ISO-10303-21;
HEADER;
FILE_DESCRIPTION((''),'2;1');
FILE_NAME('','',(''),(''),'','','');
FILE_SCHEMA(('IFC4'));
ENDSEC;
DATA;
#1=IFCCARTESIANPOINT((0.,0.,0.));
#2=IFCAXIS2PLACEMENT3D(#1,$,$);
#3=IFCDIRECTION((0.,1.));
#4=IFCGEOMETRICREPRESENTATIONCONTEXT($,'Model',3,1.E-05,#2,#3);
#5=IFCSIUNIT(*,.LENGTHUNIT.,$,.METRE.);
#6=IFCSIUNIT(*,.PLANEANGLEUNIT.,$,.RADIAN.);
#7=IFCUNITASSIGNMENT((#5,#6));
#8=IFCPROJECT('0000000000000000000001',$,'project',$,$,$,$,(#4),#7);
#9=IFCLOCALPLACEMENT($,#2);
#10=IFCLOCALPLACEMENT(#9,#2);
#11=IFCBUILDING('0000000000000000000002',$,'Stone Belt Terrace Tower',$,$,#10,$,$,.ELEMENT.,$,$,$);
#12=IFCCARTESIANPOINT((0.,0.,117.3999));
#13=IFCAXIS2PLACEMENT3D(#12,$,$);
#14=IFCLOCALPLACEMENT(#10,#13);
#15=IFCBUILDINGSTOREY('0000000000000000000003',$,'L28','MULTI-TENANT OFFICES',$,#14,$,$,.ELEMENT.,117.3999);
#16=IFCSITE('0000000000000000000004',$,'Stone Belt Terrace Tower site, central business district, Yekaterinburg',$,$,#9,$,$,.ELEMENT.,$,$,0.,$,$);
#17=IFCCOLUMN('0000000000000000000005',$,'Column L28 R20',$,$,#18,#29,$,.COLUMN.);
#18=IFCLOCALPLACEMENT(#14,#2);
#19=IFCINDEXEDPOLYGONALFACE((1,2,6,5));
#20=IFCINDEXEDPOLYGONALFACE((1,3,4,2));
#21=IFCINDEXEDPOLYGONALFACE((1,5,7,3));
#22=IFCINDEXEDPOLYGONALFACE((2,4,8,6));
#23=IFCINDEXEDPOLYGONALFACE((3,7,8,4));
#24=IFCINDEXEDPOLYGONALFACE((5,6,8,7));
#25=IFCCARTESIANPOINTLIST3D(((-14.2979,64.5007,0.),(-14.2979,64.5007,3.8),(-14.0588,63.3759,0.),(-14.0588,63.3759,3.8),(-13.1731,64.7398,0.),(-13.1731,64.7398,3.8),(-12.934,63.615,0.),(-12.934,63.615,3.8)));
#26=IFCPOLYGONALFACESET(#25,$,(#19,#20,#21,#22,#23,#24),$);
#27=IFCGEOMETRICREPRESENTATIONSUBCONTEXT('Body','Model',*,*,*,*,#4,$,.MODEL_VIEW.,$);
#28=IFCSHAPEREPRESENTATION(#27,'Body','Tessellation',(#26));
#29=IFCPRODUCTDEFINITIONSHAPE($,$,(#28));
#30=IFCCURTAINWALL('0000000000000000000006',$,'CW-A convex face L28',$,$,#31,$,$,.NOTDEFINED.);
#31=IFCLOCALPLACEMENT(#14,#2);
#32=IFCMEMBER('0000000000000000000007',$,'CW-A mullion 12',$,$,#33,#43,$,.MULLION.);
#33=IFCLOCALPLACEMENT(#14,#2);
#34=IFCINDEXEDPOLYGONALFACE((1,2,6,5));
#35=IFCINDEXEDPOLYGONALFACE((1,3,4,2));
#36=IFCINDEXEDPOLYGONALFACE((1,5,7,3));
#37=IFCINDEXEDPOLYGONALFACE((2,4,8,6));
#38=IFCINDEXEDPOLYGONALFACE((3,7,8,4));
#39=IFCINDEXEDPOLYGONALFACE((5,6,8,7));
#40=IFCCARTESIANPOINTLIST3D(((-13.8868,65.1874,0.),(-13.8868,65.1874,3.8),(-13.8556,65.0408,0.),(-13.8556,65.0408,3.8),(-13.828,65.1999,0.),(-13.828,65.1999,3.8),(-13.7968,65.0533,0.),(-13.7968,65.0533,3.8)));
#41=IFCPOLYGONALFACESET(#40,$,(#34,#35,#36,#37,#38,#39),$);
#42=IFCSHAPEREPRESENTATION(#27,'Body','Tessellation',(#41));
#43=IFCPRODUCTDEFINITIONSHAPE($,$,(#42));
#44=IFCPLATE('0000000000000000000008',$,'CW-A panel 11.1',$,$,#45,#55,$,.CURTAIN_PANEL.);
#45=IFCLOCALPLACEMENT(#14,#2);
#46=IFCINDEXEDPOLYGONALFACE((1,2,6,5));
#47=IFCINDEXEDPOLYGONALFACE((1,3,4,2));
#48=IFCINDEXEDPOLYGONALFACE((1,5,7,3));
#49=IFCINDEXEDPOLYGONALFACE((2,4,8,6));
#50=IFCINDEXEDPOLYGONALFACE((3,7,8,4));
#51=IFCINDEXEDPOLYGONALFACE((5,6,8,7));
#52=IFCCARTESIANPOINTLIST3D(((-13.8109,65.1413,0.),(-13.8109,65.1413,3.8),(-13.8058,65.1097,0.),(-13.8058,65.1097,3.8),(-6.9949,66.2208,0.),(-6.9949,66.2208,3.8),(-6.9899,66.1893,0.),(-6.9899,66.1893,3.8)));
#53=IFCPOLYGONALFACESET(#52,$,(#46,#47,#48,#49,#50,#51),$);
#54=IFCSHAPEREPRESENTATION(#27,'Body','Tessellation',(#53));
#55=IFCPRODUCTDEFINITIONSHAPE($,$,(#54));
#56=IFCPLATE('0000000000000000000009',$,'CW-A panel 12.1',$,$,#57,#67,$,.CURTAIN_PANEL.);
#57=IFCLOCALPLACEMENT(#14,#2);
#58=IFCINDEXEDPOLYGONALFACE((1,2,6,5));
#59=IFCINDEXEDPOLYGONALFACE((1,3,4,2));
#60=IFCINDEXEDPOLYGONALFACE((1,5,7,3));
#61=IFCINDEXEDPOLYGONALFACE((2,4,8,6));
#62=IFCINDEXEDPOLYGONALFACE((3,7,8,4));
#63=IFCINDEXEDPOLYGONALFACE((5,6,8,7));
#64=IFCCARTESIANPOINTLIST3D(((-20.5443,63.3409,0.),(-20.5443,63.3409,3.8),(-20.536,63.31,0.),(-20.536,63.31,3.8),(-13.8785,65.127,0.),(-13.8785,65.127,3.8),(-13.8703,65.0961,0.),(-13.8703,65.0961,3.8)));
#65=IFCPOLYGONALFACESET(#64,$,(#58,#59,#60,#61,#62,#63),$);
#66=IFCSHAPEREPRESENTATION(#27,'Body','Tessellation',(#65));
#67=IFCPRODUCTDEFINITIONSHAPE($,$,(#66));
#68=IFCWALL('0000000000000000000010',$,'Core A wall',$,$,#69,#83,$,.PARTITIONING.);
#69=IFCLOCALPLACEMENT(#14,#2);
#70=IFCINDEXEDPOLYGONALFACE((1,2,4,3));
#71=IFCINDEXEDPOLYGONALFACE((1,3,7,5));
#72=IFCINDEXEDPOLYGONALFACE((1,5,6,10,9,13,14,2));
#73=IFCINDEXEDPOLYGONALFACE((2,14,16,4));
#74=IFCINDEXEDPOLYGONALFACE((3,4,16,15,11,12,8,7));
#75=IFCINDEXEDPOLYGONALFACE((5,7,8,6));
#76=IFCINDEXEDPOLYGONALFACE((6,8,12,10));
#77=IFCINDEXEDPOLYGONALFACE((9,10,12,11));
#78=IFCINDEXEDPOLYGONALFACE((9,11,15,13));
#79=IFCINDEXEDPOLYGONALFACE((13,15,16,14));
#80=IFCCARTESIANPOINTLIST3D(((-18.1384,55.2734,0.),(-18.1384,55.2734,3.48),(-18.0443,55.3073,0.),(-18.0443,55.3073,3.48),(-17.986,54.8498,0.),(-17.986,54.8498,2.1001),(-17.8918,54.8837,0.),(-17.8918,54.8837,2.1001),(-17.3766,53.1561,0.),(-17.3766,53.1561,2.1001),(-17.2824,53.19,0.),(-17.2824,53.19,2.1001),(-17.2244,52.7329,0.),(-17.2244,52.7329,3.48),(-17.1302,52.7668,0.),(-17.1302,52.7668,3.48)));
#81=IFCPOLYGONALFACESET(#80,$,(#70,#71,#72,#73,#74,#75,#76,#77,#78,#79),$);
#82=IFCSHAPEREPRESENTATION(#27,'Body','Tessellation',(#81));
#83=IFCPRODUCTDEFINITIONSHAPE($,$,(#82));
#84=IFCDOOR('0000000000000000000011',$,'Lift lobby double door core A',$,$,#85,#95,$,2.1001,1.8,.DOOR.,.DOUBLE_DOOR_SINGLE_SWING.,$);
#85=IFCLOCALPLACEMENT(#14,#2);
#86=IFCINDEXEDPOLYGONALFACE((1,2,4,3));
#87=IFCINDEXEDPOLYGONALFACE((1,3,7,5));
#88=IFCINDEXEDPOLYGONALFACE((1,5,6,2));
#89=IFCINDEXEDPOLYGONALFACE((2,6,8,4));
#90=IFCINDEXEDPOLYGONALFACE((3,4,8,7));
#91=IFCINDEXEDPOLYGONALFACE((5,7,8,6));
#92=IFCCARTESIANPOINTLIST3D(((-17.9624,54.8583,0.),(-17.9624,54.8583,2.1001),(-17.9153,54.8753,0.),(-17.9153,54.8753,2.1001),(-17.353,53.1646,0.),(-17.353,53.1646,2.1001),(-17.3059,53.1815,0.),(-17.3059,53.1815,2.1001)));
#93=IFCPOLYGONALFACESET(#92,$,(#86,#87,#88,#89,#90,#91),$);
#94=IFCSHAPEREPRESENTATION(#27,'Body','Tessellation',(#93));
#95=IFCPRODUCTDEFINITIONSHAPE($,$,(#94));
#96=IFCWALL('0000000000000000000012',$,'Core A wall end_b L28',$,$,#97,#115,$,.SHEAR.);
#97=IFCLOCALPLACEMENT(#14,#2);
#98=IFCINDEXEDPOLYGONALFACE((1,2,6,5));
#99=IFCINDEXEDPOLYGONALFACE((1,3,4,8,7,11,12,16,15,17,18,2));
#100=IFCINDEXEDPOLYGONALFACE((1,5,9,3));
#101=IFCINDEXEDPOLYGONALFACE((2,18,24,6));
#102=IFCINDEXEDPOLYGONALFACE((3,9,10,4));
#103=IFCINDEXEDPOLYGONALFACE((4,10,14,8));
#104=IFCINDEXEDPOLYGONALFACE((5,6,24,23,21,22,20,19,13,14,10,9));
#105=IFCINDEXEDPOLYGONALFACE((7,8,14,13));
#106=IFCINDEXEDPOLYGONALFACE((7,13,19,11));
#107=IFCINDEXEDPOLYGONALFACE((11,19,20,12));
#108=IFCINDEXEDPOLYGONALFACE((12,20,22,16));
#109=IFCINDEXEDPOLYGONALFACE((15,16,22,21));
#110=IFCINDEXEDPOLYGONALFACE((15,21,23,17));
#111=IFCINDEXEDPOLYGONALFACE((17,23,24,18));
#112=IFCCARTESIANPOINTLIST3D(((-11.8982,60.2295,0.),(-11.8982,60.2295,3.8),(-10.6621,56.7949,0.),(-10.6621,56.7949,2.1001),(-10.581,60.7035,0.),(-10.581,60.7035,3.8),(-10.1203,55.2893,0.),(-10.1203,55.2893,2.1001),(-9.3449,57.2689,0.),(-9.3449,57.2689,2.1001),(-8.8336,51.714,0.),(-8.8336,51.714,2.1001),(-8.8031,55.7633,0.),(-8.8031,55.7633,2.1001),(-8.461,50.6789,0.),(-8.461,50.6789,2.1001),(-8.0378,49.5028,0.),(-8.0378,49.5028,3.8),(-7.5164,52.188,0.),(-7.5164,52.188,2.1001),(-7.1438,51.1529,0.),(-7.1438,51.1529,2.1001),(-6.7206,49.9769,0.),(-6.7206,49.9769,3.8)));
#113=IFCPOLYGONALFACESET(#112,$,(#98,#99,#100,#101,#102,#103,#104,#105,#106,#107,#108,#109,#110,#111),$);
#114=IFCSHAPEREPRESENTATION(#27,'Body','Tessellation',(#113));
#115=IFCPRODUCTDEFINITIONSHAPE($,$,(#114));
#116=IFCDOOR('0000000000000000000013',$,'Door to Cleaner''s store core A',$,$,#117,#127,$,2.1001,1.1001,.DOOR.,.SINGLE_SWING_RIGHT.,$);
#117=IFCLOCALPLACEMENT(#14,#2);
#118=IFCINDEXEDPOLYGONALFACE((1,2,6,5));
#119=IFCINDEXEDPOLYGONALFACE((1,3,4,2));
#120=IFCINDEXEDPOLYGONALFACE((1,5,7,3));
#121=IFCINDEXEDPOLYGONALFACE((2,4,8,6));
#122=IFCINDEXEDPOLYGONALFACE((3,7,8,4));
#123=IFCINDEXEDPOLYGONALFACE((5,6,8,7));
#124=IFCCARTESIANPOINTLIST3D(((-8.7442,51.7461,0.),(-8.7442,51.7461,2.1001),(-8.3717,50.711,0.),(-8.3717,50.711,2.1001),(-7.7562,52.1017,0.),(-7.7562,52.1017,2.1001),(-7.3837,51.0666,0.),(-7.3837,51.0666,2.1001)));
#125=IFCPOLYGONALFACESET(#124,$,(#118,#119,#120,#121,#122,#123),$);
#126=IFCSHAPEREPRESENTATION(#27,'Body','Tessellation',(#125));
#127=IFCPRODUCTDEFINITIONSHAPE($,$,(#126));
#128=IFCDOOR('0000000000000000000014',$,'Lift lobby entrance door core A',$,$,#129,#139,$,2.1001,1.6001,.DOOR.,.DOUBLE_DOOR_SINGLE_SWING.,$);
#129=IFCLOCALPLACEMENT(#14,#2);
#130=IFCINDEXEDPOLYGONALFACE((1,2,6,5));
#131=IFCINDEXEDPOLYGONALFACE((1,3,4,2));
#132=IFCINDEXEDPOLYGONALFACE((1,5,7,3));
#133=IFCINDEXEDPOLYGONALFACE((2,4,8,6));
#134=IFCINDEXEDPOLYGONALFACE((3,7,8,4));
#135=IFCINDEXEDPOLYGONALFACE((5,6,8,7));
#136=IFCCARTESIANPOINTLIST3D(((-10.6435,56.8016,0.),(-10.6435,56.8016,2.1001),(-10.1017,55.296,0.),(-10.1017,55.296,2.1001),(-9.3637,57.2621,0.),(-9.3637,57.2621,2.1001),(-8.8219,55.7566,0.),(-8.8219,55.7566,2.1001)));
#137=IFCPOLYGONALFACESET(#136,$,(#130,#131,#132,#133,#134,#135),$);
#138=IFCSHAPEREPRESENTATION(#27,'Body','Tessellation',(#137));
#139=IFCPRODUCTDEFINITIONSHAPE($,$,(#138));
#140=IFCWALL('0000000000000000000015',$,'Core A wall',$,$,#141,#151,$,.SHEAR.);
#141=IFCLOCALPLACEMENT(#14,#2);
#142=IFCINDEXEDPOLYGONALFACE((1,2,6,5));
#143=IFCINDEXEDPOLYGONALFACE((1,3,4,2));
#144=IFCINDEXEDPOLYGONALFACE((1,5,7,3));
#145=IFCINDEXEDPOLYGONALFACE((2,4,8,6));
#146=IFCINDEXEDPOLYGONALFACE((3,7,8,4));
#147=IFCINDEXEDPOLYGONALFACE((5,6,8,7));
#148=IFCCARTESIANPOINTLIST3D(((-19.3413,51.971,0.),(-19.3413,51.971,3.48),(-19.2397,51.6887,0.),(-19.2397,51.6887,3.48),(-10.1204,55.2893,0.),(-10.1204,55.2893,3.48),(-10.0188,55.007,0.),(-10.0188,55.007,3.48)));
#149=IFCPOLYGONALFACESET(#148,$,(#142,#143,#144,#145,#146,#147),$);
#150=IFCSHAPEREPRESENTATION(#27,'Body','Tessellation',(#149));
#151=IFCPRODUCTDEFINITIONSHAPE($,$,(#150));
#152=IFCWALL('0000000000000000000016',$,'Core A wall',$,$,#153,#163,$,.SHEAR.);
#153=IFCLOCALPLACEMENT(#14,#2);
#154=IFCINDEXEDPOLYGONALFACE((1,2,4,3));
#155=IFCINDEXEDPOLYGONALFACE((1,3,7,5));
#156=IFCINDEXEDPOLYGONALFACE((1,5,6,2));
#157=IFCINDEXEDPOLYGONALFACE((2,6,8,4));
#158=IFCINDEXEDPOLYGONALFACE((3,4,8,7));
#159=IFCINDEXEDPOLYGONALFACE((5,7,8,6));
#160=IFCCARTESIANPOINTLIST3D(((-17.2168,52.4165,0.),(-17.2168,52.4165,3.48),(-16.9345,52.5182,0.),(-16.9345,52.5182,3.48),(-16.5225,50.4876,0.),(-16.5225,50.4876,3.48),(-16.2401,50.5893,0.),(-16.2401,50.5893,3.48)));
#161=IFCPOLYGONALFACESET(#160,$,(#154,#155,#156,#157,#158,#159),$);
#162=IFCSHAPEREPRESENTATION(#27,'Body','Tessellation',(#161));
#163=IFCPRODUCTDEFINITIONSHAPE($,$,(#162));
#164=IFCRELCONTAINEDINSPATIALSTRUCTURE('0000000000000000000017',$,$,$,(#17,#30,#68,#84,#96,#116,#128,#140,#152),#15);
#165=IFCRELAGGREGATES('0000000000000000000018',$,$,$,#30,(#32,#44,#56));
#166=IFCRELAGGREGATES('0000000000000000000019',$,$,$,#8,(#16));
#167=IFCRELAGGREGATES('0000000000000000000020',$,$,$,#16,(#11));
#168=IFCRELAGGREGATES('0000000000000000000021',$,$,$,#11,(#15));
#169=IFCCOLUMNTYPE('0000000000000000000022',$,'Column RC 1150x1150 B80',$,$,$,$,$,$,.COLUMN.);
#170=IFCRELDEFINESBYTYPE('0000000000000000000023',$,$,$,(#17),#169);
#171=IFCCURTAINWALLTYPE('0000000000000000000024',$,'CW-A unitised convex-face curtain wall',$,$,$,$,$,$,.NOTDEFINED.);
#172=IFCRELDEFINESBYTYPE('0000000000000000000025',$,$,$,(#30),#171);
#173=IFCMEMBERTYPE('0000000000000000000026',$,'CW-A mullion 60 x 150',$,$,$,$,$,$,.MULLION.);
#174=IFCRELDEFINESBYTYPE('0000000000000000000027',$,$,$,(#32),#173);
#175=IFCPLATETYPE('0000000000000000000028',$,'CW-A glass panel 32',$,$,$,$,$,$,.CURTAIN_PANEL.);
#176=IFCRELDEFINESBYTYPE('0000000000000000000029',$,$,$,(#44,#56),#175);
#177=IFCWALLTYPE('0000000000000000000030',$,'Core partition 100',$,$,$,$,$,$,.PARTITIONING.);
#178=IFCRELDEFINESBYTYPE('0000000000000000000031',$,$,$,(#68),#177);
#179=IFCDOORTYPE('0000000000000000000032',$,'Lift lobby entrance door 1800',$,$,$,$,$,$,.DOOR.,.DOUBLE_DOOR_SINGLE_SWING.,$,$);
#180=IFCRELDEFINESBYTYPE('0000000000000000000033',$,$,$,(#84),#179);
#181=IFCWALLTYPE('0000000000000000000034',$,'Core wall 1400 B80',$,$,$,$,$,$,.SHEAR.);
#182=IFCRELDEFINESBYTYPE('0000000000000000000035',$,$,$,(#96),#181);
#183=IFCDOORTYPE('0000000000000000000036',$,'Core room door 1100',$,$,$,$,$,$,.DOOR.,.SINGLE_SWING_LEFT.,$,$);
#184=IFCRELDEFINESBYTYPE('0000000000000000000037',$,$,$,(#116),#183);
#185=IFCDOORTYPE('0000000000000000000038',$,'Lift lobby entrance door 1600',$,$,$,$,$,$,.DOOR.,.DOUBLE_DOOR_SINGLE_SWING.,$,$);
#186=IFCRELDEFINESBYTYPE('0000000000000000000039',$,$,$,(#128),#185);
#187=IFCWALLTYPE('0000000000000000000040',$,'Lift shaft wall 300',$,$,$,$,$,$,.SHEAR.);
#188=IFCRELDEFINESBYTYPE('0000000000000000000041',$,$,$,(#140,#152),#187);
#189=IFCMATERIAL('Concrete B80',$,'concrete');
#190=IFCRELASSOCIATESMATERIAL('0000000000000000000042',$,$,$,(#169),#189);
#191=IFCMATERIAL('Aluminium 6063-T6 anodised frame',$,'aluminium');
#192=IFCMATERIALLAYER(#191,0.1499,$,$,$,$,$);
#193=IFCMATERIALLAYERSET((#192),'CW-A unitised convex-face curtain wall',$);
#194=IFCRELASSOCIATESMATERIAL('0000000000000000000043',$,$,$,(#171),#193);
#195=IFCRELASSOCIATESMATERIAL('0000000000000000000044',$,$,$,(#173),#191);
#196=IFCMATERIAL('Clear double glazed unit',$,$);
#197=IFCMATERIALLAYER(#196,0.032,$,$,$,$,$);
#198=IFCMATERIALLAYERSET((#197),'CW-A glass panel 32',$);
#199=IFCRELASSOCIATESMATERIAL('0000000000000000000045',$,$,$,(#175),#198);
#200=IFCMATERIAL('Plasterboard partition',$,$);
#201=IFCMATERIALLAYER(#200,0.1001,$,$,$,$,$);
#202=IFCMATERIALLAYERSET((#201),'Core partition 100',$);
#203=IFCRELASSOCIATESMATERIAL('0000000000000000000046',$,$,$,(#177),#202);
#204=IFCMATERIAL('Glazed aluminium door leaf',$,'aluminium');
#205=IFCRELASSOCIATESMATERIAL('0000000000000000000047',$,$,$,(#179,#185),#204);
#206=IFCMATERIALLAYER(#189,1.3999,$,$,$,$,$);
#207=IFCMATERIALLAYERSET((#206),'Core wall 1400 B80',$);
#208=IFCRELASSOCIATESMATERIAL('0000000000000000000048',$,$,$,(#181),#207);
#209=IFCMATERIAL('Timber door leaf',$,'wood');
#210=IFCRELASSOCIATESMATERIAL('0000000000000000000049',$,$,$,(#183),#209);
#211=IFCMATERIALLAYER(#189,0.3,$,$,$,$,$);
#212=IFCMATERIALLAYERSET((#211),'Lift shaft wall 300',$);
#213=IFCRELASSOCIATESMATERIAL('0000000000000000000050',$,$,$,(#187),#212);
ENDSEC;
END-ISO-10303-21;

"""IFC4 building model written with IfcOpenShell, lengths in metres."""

from ifc_helpers import new_model, si_unit, direction, frame, frame_2d, origin, origin_2d, place, context, subcontext, project, spatial, rectangle, extrude, material, layer, layer_set, material_profile, profile_set, type_object, element, fill, aggregate, save


model = new_model("IFC4")

# Units and contexts
model_context = context("Model", 3, precision=1e-05, world=origin(), true_north=direction((0.0, 1.0)))
body_context = subcontext(model_context, "Body", "Model", "MODEL_VIEW")
ifc_project = project(units=[si_unit("LENGTHUNIT", "METRE"), si_unit("PLANEANGLEUNIT", "RADIAN")], contexts=[model_context])

# Site, building, storey
site_placement = place(None, origin())
site = spatial("IfcSite", under=ifc_project, at=site_placement, Name="Stone Belt Terrace Tower site, central business district, Yekaterinburg", CompositionType="ELEMENT", RefElevation=0.0)
building_placement = place(site_placement, origin())
building = spatial("IfcBuilding", under=site, at=building_placement, Name="Stone Belt Terrace Tower", CompositionType="ELEMENT")
storey_placement = place(building_placement, frame((0.0, 0.0, 117.3999)))
storey = spatial("IfcBuildingStorey", under=building, at=storey_placement, Name="L28", Description="MULTI-TENANT OFFICES", CompositionType="ELEMENT", Elevation=117.3999)

# Column
ifc_material_1 = material(Name="Concrete B80", Category="concrete")
ifc_material_profile_1 = material_profile(ifc_material_1, rectangle(XDim=1.1499, YDim=1.1499, at=origin_2d()), Name="RC 1150x1150")
ifc_profile_set_1 = profile_set([ifc_material_profile_1], Name="Concrete B80")
column_type = type_object("IfcColumnType", Name="Column RC 1150x1150 B80", PredefinedType="COLUMN", material=ifc_profile_set_1)
column_placement = place(storey_placement, frame((-13.616, 64.0579, 0.0), z_axis=(0.0, 0.0, 1.0), x_axis=(0.978148, 0.207912, 0.0)))
element("IfcColumn", 1, at=column_placement, inside=storey, type_object=column_type, Name="Column L28 R20", PredefinedType="COLUMN", context=body_context, shape_type="SweptSolid", body=[
    extrude(rectangle(XDim=1.1499, YDim=1.1499, at=origin_2d()), origin(), (0.0, 0.0, 1.0), 3.8),
])

# Curtain wall, member, plates
ifc_material_2 = material(Name="Aluminium 6063-T6 anodised frame", Category="aluminium")
ifc_layer_1 = layer(ifc_material_2, 0.1499)
ifc_layer_set_1 = layer_set([ifc_layer_1], Name="CW-A unitised convex-face curtain wall")
curtain_wall_type = type_object("IfcCurtainWallType", Name="CW-A unitised convex-face curtain wall", PredefinedType="NOTDEFINED", material=ifc_layer_set_1)
curtain_wall_placement = place(storey_placement, origin())
curtain_wall = element("IfcCurtainWall", 2, at=curtain_wall_placement, inside=storey, type_object=curtain_wall_type, Name="CW-A convex face L28", PredefinedType="NOTDEFINED")
ifc_material_profile_2 = material_profile(ifc_material_2, rectangle(XDim=0.1499, YDim=0.0601, at=origin_2d()), Name="Aluminium 6063-T6 60x150")
ifc_profile_set_2 = profile_set([ifc_material_profile_2], Name="Aluminium 6063-T6 anodised frame")
member_type = type_object("IfcMemberType", Name="CW-A mullion 60 x 150", PredefinedType="MULLION", material=ifc_profile_set_2)
member_placement = place(storey_placement, frame((-13.8418, 65.1204, 0.0), z_axis=(0.0, 0.0, 1.0), x_axis=(0.207912, -0.978148, 0.0)))
member = element("IfcMember", 3, at=member_placement, type_object=member_type, Name="CW-A mullion 12", PredefinedType="MULLION", context=body_context, shape_type="SweptSolid", body=[
    extrude(rectangle(XDim=0.1499, YDim=0.0601, at=origin_2d()), origin(), (0.0, 0.0, 1.0), 3.8),
])
ifc_material_3 = material(Name="Clear double glazed unit")
ifc_layer_2 = layer(ifc_material_3, 0.032)
ifc_layer_set_2 = layer_set([ifc_layer_2], Name="CW-A glass panel 32")
plate_type = type_object("IfcPlateType", Name="CW-A glass panel 32", PredefinedType="CURTAIN_PANEL", material=ifc_layer_set_2)
plate_1_placement = place(storey_placement, frame((-10.4004, 65.6653, 0.0), z_axis=(0.0, 0.0, 1.0), x_axis=(-0.987688, -0.156434, 0.0)))
plate_1 = element("IfcPlate", 4, at=plate_1_placement, type_object=plate_type, Name="CW-A panel 11.1", PredefinedType="CURTAIN_PANEL", context=body_context, shape_type="SweptSolid", body=[
    extrude(rectangle(XDim=6.9009, YDim=0.032, at=origin_2d()), origin(), (0.0, 0.0, 1.0), 3.8),
])
plate_2_placement = place(storey_placement, frame((-17.2073, 64.2185, 0.0), z_axis=(0.0, 0.0, 1.0), x_axis=(-0.965926, -0.258819, 0.0)))
plate_2 = element("IfcPlate", 5, at=plate_2_placement, type_object=plate_type, Name="CW-A panel 12.1", PredefinedType="CURTAIN_PANEL", context=body_context, shape_type="SweptSolid", body=[
    extrude(rectangle(XDim=6.9009, YDim=0.032, at=origin_2d()), origin(), (0.0, 0.0, 1.0), 3.8),
])
aggregate(curtain_wall, [member, plate_1, plate_2])

# Wall, opening, door
ifc_material_4 = material(Name="Plasterboard partition")
ifc_layer_3 = layer(ifc_material_4, 0.1001)
ifc_layer_set_3 = layer_set([ifc_layer_3], Name="Core partition 100")
wall_type_1 = type_object("IfcWallType", Name="Core partition 100", PredefinedType="PARTITIONING", material=ifc_layer_set_3)
wall_1_placement = place(storey_placement, frame((-17.1772, 52.7498, 0.0), z_axis=(0.0, 0.0, 1.0), x_axis=(-0.338547, 0.94095, 0.0)))
wall_1 = element("IfcWall", 6, at=wall_1_placement, inside=storey, type_object=wall_type_1, Name="Core A wall", PredefinedType="PARTITIONING", context=body_context, shape_type="SweptSolid", body=[
    extrude(rectangle(XDim=2.7, YDim=0.1001, at=frame_2d((1.3501, 0.0))), origin(), (0.0, 0.0, 1.0), 3.48),
])
opening_1_placement = place(wall_1_placement, frame((0.45, 0.0, 0.0)))
opening_1 = element("IfcOpeningElement", 7, at=opening_1_placement, cuts=wall_1, PredefinedType="OPENING", context=body_context, shape_type="SweptSolid", body=[
    extrude(rectangle(XDim=1.8, YDim=2.1001, at=frame_2d((0.8999, 1.05))), frame((0.0, 0.0601, 0.0), z_axis=(0.0, -1.0, 0.0), x_axis=(1.0, 0.0, 0.0)), (0.0, 0.0, 1.0), 0.1201),
])
ifc_material_5 = material(Name="Glazed aluminium door leaf", Category="aluminium")
door_type_1 = type_object("IfcDoorType", Name="Lift lobby entrance door 1800", OperationType="DOUBLE_DOOR_SINGLE_SWING", PredefinedType="DOOR", material=ifc_material_5)
door_1_placement = place(opening_1_placement, origin())
door_1 = element("IfcDoor", 8, at=door_1_placement, inside=storey, type_object=door_type_1, Name="Lift lobby double door core A", OperationType="DOUBLE_DOOR_SINGLE_SWING", OverallHeight=2.1001, OverallWidth=1.8, PredefinedType="DOOR", context=body_context, shape_type="SweptSolid", body=[
    extrude(rectangle(XDim=1.8, YDim=2.1001, at=frame_2d((0.8999, 1.05))), frame((0.0, 0.0249, 0.0), z_axis=(0.0, -1.0, 0.0), x_axis=(1.0, 0.0, 0.0)), (0.0, 0.0, 1.0), 0.05),
])
fill(opening_1, door_1)

# Wall, openings, doors
ifc_layer_4 = layer(ifc_material_1, 1.3999)
ifc_layer_set_4 = layer_set([ifc_layer_4], Name="Core wall 1400 B80")
wall_type_2 = type_object("IfcWallType", Name="Core wall 1400 B80", PredefinedType="SHEAR", material=ifc_layer_set_4)
wall_2_placement = place(storey_placement, frame((-7.3792, 49.7397, 0.0), z_axis=(0.0, 0.0, 1.0), x_axis=(-0.338625, 0.940921, 0.0)))
wall_2 = element("IfcWall", 9, at=wall_2_placement, inside=storey, type_object=wall_type_2, Name="Core A wall end_b L28", PredefinedType="SHEAR", context=body_context, shape_type="SweptSolid", body=[
    extrude(rectangle(XDim=11.4001, YDim=1.3999, at=frame_2d((5.7002, 0.0))), origin(), (0.0, 0.0, 1.0), 3.8),
])
opening_2_placement = place(wall_2_placement, frame((6.1499, 0.0, 0.0)))
opening_2 = element("IfcOpeningElement", 10, at=opening_2_placement, cuts=wall_2, PredefinedType="OPENING", context=body_context, shape_type="SweptSolid", body=[
    extrude(rectangle(XDim=1.6001, YDim=2.1001, at=frame_2d((0.8, 1.05))), frame((0.0, 0.71, 0.0), z_axis=(0.0, -1.0, 0.0), x_axis=(1.0, 0.0, 0.0)), (0.0, 0.0, 1.0), 1.4199),
])
opening_3_placement = place(wall_2_placement, frame((1.25, 0.0, 0.0)))
opening_3 = element("IfcOpeningElement", 11, at=opening_3_placement, cuts=wall_2, PredefinedType="OPENING", context=body_context, shape_type="SweptSolid", body=[
    extrude(rectangle(XDim=1.1001, YDim=2.1001, at=frame_2d((0.55, 1.05))), frame((0.0, 0.71, 0.0), z_axis=(0.0, -1.0, 0.0), x_axis=(1.0, 0.0, 0.0)), (0.0, 0.0, 1.0), 1.4199),
])
ifc_material_6 = material(Name="Timber door leaf", Category="wood")
door_type_2 = type_object("IfcDoorType", Name="Core room door 1100", OperationType="SINGLE_SWING_LEFT", PredefinedType="DOOR", material=ifc_material_6)
door_2_placement = place(opening_3_placement, origin())
door_2 = element("IfcDoor", 12, at=door_2_placement, inside=storey, type_object=door_type_2, Name="Door to Cleaner's store core A", OperationType="SINGLE_SWING_RIGHT", OverallHeight=2.1001, OverallWidth=1.1001, PredefinedType="DOOR", context=body_context, shape_type="SweptSolid", body=[
    extrude(rectangle(XDim=1.1001, YDim=2.1001, at=frame_2d((0.55, 1.05))), frame((0.0, 0.605, 0.0), z_axis=(0.0, -1.0, 0.0), x_axis=(1.0, 0.0, 0.0)), (0.0, 0.0, 1.0), 1.05),
])
fill(opening_3, door_2)
door_type_3 = type_object("IfcDoorType", Name="Lift lobby entrance door 1600", OperationType="DOUBLE_DOOR_SINGLE_SWING", PredefinedType="DOOR", material=ifc_material_5)
door_3_placement = place(opening_2_placement, origin())
door_3 = element("IfcDoor", 13, at=door_3_placement, inside=storey, type_object=door_type_3, Name="Lift lobby entrance door core A", OperationType="DOUBLE_DOOR_SINGLE_SWING", OverallHeight=2.1001, OverallWidth=1.6001, PredefinedType="DOOR", context=body_context, shape_type="SweptSolid", body=[
    extrude(rectangle(XDim=1.6001, YDim=2.1001, at=frame_2d((0.8, 1.05))), frame((0.0, 0.6802, 0.0), z_axis=(0.0, -1.0, 0.0), x_axis=(1.0, 0.0, 0.0)), (0.0, 0.0, 1.0), 1.3601),
])
fill(opening_2, door_3)

# Walls
ifc_layer_5 = layer(ifc_material_1, 0.3)
ifc_layer_set_5 = layer_set([ifc_layer_5], Name="Lift shaft wall 300")
wall_type_3 = type_object("IfcWallType", Name="Lift shaft wall 300", PredefinedType="SHEAR", material=ifc_layer_set_5)
wall_3_placement = place(storey_placement, frame((-19.2905, 51.8298, 0.0), z_axis=(0.0, 0.0, 1.0), x_axis=(0.940926, 0.338613, 0.0)))
element("IfcWall", 14, at=wall_3_placement, inside=storey, type_object=wall_type_3, Name="Core A wall", PredefinedType="SHEAR", context=body_context, shape_type="SweptSolid", body=[
    extrude(rectangle(XDim=9.7998, YDim=0.3, at=frame_2d((4.8999, 0.0))), origin(), (0.0, 0.0, 1.0), 3.48),
])
wall_4_placement = place(storey_placement, frame((-16.3813, 50.5386, 0.0), z_axis=(0.0, 0.0, 1.0), x_axis=(-0.338682, 0.940901, 0.0)))
element("IfcWall", 15, at=wall_4_placement, inside=storey, type_object=wall_type_3, Name="Core A wall", PredefinedType="SHEAR", context=body_context, shape_type="SweptSolid", body=[
    extrude(rectangle(XDim=2.05, YDim=0.3, at=frame_2d((1.0249, 0.0))), origin(), (0.0, 0.0, 1.0), 3.48),
])

save(model, "model.ifc")
